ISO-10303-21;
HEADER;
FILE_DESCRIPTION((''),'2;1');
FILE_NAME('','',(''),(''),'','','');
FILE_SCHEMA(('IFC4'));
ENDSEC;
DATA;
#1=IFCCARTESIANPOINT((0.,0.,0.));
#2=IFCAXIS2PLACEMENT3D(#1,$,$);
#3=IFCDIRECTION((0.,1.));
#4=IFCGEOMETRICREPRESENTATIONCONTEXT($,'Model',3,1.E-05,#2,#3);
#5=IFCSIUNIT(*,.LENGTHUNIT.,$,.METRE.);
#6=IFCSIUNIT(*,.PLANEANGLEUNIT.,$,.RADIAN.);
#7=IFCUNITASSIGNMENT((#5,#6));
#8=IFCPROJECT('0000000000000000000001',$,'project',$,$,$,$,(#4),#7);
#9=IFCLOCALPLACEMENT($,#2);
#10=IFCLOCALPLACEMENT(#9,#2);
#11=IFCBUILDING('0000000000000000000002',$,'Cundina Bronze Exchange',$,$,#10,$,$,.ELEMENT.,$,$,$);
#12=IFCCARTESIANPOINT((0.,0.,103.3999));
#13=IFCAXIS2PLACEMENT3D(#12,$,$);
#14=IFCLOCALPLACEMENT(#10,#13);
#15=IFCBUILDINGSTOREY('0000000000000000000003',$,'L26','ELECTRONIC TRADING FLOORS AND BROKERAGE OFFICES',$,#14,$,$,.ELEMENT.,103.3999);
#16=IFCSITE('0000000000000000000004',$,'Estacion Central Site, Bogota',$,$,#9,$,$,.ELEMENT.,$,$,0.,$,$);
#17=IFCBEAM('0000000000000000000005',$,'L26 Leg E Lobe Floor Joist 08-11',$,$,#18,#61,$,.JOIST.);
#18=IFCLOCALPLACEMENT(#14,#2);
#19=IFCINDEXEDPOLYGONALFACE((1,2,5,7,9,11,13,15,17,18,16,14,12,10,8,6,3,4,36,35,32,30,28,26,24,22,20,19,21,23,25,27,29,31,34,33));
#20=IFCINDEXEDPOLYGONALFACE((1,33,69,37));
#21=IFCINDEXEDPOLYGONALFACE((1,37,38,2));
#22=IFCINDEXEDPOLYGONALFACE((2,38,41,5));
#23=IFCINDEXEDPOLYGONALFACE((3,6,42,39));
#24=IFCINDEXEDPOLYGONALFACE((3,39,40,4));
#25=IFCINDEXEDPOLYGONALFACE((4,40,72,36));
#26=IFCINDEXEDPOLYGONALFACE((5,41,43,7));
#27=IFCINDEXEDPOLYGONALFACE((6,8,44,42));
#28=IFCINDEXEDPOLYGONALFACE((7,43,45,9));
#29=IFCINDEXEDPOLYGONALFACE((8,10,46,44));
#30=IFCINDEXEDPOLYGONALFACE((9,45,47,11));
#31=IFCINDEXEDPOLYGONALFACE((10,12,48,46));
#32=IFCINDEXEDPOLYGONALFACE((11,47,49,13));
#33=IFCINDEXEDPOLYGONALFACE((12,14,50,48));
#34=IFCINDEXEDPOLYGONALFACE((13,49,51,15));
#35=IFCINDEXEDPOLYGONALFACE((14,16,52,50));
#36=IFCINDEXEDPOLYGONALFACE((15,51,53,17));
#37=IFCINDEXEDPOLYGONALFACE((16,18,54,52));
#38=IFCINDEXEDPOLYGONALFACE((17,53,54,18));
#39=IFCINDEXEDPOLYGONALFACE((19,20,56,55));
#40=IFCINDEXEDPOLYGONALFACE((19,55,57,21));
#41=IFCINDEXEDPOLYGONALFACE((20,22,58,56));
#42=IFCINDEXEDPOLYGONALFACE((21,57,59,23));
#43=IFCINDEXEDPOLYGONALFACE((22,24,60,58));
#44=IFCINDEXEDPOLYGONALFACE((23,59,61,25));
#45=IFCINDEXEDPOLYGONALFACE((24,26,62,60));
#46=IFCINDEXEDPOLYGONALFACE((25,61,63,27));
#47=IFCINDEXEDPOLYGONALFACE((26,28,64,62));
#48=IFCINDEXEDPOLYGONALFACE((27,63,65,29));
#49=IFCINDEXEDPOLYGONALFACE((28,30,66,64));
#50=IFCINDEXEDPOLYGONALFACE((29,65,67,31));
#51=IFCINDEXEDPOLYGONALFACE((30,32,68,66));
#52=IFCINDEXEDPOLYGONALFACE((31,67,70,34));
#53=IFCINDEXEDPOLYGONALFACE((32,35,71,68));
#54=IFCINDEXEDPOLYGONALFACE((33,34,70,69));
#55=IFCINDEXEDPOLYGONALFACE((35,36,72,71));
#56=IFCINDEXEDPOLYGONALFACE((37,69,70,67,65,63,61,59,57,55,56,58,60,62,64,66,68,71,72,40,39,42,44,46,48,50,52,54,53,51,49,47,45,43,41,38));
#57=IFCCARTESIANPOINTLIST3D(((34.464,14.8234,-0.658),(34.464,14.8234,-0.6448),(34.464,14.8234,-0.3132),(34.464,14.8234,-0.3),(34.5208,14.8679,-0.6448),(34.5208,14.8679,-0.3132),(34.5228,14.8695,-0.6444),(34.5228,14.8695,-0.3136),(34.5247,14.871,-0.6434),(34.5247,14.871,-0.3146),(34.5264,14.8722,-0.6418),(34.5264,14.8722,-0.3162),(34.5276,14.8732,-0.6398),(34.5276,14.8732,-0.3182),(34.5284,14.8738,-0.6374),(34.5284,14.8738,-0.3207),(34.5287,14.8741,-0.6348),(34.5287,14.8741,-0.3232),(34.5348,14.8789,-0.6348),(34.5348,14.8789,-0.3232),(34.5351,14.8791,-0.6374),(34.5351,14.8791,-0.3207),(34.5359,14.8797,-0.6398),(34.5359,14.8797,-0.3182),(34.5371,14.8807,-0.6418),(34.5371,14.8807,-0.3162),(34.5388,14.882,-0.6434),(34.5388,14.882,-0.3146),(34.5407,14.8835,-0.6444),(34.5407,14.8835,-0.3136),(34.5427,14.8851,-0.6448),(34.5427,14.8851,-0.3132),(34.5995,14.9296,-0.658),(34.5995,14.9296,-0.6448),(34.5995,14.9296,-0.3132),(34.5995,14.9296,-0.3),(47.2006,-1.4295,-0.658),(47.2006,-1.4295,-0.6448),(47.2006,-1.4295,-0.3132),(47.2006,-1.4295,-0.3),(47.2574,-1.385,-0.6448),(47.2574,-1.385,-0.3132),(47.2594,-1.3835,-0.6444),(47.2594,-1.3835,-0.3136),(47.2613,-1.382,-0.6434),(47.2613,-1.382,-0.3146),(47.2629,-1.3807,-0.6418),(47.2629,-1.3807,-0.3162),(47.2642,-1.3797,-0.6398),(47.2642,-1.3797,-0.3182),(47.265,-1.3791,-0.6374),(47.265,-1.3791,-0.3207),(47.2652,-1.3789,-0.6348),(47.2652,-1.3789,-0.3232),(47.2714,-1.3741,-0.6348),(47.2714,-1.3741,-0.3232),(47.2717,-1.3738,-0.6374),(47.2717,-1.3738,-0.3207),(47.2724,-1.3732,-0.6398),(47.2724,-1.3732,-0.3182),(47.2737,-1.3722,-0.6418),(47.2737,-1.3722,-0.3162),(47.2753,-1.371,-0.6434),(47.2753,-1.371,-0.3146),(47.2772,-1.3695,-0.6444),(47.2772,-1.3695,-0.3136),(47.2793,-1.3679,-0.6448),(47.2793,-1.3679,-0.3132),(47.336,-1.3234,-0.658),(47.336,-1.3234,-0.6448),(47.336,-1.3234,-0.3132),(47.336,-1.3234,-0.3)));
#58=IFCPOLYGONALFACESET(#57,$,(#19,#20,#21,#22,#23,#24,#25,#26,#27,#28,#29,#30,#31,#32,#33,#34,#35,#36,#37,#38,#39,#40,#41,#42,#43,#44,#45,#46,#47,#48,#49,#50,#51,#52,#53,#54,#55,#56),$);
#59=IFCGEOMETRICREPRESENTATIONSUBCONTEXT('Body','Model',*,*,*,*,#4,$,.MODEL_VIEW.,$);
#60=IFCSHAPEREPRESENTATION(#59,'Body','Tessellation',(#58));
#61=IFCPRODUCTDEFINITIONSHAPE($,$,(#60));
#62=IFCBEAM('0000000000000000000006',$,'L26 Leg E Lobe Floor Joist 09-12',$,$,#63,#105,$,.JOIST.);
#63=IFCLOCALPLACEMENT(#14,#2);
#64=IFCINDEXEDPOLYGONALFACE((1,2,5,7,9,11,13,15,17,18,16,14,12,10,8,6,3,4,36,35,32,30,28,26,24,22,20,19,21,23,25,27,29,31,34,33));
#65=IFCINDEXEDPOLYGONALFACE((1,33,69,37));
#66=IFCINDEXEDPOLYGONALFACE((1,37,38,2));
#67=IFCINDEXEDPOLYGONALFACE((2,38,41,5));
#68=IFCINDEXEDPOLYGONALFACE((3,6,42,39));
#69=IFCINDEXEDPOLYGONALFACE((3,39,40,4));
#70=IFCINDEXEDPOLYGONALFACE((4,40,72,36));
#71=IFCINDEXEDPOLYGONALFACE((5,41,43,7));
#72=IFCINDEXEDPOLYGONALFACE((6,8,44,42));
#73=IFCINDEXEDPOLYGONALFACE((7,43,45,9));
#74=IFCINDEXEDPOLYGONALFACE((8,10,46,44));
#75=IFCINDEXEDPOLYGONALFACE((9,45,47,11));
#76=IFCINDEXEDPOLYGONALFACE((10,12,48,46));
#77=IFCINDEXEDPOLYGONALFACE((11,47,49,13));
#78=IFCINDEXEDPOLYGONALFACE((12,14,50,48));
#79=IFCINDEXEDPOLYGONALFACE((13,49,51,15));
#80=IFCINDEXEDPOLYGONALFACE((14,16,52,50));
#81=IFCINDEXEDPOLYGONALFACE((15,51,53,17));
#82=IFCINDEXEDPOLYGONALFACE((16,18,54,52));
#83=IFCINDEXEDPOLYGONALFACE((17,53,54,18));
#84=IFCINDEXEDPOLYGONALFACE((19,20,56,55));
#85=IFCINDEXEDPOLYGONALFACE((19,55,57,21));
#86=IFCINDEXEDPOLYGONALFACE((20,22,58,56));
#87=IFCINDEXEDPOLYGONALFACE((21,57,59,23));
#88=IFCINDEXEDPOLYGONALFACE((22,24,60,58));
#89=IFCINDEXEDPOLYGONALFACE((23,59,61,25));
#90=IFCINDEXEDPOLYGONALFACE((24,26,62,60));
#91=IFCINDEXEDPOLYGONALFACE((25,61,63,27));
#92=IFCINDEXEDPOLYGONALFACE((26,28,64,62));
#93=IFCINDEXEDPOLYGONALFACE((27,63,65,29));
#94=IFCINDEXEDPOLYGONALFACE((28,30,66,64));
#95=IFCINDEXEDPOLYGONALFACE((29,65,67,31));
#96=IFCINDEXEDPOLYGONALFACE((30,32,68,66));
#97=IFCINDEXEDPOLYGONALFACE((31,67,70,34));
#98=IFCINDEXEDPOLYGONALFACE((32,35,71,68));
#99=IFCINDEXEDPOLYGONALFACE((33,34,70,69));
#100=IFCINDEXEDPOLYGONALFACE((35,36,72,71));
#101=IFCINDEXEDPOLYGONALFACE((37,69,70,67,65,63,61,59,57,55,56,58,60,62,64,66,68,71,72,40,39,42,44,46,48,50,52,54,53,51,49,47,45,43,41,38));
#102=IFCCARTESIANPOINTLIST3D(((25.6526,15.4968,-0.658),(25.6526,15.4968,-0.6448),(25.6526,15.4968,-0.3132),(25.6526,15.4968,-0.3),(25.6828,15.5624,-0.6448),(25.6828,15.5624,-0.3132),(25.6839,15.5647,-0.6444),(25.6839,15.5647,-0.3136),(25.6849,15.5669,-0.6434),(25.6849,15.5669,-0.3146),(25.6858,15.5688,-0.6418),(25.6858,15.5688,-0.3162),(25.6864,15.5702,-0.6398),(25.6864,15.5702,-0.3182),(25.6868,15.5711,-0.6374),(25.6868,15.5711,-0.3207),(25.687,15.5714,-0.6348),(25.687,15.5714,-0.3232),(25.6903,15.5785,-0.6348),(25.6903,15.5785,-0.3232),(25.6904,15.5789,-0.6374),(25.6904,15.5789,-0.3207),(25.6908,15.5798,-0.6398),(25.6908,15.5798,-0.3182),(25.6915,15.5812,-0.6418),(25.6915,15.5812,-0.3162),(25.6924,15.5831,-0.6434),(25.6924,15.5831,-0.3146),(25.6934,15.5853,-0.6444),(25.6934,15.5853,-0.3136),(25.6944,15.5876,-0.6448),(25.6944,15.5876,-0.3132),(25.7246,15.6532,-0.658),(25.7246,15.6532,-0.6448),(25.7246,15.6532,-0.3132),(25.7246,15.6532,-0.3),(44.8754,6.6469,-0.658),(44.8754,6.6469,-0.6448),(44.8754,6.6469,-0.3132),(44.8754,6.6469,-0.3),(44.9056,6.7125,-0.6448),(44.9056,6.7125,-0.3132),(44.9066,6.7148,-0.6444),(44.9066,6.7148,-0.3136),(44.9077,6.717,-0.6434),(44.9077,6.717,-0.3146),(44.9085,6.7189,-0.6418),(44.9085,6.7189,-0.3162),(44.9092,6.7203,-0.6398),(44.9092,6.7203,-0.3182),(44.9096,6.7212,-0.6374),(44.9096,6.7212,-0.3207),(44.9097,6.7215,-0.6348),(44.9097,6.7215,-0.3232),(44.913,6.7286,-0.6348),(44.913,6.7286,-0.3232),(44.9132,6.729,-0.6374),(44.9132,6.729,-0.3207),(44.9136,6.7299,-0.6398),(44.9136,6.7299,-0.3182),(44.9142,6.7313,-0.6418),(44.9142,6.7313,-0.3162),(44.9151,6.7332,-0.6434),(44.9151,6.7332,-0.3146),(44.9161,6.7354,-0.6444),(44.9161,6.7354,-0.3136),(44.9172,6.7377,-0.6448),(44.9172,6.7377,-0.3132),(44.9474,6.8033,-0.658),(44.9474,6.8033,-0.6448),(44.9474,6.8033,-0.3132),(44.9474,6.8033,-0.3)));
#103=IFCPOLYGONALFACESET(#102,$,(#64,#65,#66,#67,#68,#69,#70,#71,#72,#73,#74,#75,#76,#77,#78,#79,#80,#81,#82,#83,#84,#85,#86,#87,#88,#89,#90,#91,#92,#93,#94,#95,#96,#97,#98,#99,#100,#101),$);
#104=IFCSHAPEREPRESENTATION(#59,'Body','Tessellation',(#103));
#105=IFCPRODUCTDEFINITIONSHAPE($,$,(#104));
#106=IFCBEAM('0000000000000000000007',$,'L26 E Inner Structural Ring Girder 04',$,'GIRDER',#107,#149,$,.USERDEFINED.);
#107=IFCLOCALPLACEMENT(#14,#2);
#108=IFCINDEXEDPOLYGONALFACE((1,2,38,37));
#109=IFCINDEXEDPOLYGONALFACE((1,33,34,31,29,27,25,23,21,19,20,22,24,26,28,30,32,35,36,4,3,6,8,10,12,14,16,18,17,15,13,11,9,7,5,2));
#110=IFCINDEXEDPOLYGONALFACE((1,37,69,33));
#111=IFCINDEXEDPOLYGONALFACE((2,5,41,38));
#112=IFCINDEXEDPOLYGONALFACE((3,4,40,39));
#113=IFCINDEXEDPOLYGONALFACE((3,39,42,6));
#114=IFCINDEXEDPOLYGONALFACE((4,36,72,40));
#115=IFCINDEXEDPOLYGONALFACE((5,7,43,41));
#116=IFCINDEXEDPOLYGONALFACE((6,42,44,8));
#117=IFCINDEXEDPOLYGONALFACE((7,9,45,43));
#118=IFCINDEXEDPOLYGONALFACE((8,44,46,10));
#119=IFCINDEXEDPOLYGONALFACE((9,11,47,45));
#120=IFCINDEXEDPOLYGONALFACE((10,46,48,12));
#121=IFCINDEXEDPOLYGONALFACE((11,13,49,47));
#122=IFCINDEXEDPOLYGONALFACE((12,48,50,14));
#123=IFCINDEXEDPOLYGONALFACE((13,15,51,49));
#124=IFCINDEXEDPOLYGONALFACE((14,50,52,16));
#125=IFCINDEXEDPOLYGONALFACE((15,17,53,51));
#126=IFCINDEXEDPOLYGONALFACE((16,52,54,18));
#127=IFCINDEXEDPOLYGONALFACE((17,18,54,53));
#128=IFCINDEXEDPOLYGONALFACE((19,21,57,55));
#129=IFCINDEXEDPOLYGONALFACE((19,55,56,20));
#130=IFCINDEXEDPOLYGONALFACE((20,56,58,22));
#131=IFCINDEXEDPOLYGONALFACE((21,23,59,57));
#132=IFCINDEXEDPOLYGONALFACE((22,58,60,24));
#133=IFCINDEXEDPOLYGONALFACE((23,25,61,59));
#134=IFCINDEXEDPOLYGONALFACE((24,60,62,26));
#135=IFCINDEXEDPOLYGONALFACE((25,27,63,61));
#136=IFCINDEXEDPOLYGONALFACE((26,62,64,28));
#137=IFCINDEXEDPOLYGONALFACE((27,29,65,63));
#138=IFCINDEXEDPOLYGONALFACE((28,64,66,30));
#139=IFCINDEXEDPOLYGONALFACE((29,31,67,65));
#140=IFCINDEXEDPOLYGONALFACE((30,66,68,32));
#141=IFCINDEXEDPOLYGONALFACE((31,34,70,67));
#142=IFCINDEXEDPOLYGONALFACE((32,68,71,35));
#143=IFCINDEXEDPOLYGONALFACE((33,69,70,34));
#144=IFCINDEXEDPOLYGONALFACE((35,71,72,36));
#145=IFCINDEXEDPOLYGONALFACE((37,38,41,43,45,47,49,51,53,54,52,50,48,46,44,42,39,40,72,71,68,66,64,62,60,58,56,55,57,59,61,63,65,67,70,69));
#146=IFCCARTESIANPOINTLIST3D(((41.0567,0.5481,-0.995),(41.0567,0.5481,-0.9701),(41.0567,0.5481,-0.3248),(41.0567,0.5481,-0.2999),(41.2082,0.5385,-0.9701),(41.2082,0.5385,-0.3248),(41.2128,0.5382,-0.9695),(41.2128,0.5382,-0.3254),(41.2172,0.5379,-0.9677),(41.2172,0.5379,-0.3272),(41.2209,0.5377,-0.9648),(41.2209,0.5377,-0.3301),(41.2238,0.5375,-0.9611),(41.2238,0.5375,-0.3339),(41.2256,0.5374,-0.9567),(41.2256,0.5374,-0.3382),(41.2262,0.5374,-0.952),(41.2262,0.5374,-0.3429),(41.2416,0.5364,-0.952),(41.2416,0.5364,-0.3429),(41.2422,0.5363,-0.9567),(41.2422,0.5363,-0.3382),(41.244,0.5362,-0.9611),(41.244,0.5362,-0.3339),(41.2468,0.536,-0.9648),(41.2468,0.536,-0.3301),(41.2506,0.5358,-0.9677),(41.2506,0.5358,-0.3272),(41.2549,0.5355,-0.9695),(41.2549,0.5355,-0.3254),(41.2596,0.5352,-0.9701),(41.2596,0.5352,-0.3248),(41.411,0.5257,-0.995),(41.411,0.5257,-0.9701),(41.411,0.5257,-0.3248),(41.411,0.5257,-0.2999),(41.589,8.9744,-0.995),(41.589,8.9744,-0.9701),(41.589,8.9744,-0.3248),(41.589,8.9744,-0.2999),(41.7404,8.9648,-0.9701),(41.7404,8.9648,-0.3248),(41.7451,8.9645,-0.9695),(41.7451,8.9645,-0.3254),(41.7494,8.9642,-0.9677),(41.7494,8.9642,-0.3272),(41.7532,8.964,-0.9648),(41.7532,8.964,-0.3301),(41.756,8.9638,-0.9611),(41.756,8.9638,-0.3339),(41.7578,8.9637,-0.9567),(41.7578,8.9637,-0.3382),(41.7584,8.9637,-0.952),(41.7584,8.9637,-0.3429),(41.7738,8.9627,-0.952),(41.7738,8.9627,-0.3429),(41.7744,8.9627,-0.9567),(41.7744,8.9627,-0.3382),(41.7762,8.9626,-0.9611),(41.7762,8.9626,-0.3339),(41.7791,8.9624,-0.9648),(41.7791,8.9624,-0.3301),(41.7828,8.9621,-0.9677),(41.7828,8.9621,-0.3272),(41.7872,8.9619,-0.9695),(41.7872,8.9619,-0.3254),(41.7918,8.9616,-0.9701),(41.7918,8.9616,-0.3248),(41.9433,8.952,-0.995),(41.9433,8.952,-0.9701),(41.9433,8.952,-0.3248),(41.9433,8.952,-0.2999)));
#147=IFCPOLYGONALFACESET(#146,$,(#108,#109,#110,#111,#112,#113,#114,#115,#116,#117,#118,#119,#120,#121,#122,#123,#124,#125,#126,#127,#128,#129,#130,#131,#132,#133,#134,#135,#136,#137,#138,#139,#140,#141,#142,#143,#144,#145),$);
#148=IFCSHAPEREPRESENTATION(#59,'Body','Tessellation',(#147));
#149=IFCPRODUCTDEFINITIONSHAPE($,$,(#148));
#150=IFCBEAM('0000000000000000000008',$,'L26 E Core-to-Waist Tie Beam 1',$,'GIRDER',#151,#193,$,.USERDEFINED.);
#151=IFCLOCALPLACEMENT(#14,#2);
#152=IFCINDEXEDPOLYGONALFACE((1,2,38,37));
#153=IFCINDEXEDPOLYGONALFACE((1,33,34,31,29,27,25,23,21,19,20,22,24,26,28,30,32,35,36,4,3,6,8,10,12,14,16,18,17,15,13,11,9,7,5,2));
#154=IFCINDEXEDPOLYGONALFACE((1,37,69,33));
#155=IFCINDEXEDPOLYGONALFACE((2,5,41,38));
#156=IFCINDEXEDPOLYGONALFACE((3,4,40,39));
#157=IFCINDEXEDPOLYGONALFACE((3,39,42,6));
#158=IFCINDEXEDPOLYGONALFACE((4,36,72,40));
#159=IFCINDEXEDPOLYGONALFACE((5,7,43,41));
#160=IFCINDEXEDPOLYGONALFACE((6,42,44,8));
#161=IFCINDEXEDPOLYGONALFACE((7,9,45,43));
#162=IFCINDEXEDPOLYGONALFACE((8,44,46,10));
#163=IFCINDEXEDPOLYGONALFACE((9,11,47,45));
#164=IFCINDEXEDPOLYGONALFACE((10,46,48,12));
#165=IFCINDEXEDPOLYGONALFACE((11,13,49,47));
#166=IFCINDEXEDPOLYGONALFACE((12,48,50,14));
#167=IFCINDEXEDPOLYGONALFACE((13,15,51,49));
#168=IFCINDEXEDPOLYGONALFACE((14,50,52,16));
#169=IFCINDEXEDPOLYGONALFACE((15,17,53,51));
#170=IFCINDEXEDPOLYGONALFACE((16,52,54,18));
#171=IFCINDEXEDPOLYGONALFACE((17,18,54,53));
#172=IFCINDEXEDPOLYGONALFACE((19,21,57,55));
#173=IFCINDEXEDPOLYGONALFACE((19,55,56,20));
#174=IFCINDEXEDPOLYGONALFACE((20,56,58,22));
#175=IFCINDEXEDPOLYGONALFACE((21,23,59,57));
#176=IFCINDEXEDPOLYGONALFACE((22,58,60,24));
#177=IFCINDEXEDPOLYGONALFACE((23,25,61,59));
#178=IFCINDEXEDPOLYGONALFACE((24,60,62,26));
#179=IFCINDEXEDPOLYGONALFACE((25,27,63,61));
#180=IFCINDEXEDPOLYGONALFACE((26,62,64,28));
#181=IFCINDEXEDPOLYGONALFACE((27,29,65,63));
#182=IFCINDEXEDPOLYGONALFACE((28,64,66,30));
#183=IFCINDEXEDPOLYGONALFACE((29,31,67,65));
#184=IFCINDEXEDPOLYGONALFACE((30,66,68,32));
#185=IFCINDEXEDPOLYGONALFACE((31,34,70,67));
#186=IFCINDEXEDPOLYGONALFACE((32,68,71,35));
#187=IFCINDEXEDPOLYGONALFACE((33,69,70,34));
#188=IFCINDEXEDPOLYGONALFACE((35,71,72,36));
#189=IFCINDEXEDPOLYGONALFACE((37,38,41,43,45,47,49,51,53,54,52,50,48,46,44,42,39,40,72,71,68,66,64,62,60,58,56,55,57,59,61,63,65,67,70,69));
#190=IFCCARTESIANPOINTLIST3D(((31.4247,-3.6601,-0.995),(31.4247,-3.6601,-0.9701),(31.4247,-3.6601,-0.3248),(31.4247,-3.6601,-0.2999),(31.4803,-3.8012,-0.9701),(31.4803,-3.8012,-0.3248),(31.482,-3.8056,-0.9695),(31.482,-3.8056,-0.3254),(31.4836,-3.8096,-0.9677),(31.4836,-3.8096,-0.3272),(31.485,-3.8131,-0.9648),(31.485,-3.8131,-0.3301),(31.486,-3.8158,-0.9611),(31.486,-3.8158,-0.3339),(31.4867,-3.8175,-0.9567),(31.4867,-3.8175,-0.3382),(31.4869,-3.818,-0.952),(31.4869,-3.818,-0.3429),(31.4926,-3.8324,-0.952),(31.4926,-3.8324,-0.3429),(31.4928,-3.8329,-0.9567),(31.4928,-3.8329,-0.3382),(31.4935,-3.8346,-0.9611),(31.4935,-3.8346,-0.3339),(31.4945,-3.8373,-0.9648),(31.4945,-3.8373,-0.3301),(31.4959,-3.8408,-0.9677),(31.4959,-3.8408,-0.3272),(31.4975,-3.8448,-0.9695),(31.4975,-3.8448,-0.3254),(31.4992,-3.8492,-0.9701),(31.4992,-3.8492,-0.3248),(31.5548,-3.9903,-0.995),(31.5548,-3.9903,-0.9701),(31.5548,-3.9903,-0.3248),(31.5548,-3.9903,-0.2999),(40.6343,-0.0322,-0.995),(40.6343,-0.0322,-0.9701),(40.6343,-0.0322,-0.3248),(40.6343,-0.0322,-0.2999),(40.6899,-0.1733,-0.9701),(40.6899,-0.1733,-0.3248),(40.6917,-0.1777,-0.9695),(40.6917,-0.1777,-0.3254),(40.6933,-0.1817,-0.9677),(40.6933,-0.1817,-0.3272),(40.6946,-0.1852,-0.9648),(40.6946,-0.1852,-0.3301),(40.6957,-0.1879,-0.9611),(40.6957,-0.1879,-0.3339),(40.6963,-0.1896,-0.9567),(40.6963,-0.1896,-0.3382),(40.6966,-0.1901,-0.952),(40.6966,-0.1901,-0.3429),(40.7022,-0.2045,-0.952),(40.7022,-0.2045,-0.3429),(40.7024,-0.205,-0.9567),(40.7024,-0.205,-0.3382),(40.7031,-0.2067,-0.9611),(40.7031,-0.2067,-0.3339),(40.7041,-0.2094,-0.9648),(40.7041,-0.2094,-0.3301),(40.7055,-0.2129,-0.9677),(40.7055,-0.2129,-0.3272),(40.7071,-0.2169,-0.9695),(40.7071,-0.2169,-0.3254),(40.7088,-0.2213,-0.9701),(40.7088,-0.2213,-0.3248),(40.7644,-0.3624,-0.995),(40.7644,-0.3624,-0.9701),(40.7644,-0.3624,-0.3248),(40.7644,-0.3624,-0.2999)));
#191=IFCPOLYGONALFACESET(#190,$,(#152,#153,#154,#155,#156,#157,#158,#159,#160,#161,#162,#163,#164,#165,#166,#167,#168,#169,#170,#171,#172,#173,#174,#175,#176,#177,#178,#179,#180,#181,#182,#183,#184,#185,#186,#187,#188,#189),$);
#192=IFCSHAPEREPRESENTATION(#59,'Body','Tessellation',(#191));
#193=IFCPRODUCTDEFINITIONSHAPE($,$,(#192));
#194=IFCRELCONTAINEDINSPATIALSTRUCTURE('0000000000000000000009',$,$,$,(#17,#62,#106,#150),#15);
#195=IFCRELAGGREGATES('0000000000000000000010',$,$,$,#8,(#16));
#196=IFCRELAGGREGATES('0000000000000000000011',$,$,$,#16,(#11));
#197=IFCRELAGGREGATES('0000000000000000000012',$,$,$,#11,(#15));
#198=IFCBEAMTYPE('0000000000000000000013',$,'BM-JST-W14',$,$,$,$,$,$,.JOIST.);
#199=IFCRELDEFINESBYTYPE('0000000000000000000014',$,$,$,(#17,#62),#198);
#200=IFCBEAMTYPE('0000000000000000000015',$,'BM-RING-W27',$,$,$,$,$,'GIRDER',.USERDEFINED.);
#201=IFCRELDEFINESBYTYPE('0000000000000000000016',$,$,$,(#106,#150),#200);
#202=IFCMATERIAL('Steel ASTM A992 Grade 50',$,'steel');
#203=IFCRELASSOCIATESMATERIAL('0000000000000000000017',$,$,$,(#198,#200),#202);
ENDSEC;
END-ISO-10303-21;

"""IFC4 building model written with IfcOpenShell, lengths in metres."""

from ifc_helpers import new_model, si_unit, direction, frame, origin, origin_2d, place, context, subcontext, project, spatial, i_section, extrude, material, material_profile, profile_set, type_object, element, save


model = new_model("IFC4")

# Units and contexts
model_context = context("Model", 3, precision=1e-05, world=origin(), true_north=direction((0.0, 1.0)))
body_context = subcontext(model_context, "Body", "Model", "MODEL_VIEW")
ifc_project = project(units=[si_unit("LENGTHUNIT", "METRE"), si_unit("PLANEANGLEUNIT", "RADIAN")], contexts=[model_context])

# Site, building, storey
site_placement = place(None, origin())
site = spatial("IfcSite", under=ifc_project, at=site_placement, Name="Estacion Central Site, Bogota", CompositionType="ELEMENT", RefElevation=0.0)
building_placement = place(site_placement, origin())
building = spatial("IfcBuilding", under=site, at=building_placement, Name="Cundina Bronze Exchange", CompositionType="ELEMENT")
storey_placement = place(building_placement, frame((0.0, 0.0, 103.3999)))
storey = spatial("IfcBuildingStorey", under=building, at=storey_placement, Name="L26", Description="ELECTRONIC TRADING FLOORS AND BROKERAGE OFFICES", CompositionType="ELEMENT", Elevation=103.3999)

# Shared definitions
ifc_material_1 = material(Name="Steel ASTM A992 Grade 50", Category="steel")

# Beams
ifc_material_profile_1 = material_profile(ifc_material_1, i_section(OverallWidth=0.1721, OverallDepth=0.3579, WebThickness=0.0078, FlangeThickness=0.0132, FilletRadius=0.01, at=origin_2d()), Name="W14X38", Category="steel")
ifc_profile_set_1 = profile_set([ifc_material_profile_1], Name="Steel ASTM A992 Grade 50")
beam_type_1 = type_object("IfcBeamType", Name="BM-JST-W14", PredefinedType="JOIST", material=ifc_profile_set_1)
beam_1_placement = place(storey_placement, frame((47.2683, -1.3765, -0.479), z_axis=(-0.616815, 0.787108, 0.0), x_axis=(-0.787108, -0.616815, 0.0)))
element("IfcBeam", 1, at=beam_1_placement, inside=storey, type_object=beam_type_1, Name="L26 Leg E Lobe Floor Joist 08-11", PredefinedType="JOIST", context=body_context, shape_type="SweptSolid", body=[
    extrude(i_section(OverallWidth=0.1721, OverallDepth=0.3579, WebThickness=0.0078, FlangeThickness=0.0132, FilletRadius=0.01, at=origin_2d()), origin(), (0.0, 0.0, 1.0), 20.6489),
])
beam_2_placement = place(storey_placement, frame((44.9114, 6.7251, -0.479), z_axis=(-0.908357, 0.418195, 0.0), x_axis=(-0.418195, -0.908357, 0.0)))
element("IfcBeam", 2, at=beam_2_placement, inside=storey, type_object=beam_type_1, Name="L26 Leg E Lobe Floor Joist 09-12", PredefinedType="JOIST", context=body_context, shape_type="SweptSolid", body=[
    extrude(i_section(OverallWidth=0.1721, OverallDepth=0.3579, WebThickness=0.0078, FlangeThickness=0.0132, FilletRadius=0.01, at=origin_2d()), origin(), (0.0, 0.0, 1.0), 21.1621),
])
ifc_material_profile_2 = material_profile(ifc_material_1, i_section(OverallWidth=0.355, OverallDepth=0.6951, WebThickness=0.0154, FlangeThickness=0.0249, FilletRadius=0.0181, at=origin_2d()), Name="W27X146", Category="steel")
ifc_profile_set_2 = profile_set([ifc_material_profile_2], Name="Steel ASTM A992 Grade 50")
beam_type_2 = type_object("IfcBeamType", Name="BM-RING-W27", ElementType="GIRDER", PredefinedType="USERDEFINED", material=ifc_profile_set_2)
beam_3_placement = place(storey_placement, frame((41.2339, 0.5369, -0.6475), z_axis=(0.063037, 0.998011, 0.0), x_axis=(-0.998011, 0.063037, 0.0)))
element("IfcBeam", 3, at=beam_3_placement, inside=storey, type_object=beam_type_2, Name="L26 E Inner Structural Ring Girder 04", ObjectType="GIRDER", PredefinedType="USERDEFINED", context=body_context, shape_type="SweptSolid", body=[
    extrude(i_section(OverallWidth=0.355, OverallDepth=0.6951, WebThickness=0.0154, FlangeThickness=0.0249, FilletRadius=0.0181, at=origin_2d()), origin(), (0.0, 0.0, 1.0), 8.4431),
])
beam_4_placement = place(storey_placement, frame((31.4897, -3.8252, -0.6475), z_axis=(0.930413, 0.366512, 0.0), x_axis=(-0.366512, 0.930413, 0.0)))
element("IfcBeam", 4, at=beam_4_placement, inside=storey, type_object=beam_type_2, Name="L26 E Core-to-Waist Tie Beam 1", ObjectType="GIRDER", PredefinedType="USERDEFINED", context=body_context, shape_type="SweptSolid", body=[
    extrude(i_section(OverallWidth=0.355, OverallDepth=0.6951, WebThickness=0.0154, FlangeThickness=0.0249, FilletRadius=0.0181, at=origin_2d()), origin(), (0.0, 0.0, 1.0), 9.8984),
])

save(model, "model.ifc")
